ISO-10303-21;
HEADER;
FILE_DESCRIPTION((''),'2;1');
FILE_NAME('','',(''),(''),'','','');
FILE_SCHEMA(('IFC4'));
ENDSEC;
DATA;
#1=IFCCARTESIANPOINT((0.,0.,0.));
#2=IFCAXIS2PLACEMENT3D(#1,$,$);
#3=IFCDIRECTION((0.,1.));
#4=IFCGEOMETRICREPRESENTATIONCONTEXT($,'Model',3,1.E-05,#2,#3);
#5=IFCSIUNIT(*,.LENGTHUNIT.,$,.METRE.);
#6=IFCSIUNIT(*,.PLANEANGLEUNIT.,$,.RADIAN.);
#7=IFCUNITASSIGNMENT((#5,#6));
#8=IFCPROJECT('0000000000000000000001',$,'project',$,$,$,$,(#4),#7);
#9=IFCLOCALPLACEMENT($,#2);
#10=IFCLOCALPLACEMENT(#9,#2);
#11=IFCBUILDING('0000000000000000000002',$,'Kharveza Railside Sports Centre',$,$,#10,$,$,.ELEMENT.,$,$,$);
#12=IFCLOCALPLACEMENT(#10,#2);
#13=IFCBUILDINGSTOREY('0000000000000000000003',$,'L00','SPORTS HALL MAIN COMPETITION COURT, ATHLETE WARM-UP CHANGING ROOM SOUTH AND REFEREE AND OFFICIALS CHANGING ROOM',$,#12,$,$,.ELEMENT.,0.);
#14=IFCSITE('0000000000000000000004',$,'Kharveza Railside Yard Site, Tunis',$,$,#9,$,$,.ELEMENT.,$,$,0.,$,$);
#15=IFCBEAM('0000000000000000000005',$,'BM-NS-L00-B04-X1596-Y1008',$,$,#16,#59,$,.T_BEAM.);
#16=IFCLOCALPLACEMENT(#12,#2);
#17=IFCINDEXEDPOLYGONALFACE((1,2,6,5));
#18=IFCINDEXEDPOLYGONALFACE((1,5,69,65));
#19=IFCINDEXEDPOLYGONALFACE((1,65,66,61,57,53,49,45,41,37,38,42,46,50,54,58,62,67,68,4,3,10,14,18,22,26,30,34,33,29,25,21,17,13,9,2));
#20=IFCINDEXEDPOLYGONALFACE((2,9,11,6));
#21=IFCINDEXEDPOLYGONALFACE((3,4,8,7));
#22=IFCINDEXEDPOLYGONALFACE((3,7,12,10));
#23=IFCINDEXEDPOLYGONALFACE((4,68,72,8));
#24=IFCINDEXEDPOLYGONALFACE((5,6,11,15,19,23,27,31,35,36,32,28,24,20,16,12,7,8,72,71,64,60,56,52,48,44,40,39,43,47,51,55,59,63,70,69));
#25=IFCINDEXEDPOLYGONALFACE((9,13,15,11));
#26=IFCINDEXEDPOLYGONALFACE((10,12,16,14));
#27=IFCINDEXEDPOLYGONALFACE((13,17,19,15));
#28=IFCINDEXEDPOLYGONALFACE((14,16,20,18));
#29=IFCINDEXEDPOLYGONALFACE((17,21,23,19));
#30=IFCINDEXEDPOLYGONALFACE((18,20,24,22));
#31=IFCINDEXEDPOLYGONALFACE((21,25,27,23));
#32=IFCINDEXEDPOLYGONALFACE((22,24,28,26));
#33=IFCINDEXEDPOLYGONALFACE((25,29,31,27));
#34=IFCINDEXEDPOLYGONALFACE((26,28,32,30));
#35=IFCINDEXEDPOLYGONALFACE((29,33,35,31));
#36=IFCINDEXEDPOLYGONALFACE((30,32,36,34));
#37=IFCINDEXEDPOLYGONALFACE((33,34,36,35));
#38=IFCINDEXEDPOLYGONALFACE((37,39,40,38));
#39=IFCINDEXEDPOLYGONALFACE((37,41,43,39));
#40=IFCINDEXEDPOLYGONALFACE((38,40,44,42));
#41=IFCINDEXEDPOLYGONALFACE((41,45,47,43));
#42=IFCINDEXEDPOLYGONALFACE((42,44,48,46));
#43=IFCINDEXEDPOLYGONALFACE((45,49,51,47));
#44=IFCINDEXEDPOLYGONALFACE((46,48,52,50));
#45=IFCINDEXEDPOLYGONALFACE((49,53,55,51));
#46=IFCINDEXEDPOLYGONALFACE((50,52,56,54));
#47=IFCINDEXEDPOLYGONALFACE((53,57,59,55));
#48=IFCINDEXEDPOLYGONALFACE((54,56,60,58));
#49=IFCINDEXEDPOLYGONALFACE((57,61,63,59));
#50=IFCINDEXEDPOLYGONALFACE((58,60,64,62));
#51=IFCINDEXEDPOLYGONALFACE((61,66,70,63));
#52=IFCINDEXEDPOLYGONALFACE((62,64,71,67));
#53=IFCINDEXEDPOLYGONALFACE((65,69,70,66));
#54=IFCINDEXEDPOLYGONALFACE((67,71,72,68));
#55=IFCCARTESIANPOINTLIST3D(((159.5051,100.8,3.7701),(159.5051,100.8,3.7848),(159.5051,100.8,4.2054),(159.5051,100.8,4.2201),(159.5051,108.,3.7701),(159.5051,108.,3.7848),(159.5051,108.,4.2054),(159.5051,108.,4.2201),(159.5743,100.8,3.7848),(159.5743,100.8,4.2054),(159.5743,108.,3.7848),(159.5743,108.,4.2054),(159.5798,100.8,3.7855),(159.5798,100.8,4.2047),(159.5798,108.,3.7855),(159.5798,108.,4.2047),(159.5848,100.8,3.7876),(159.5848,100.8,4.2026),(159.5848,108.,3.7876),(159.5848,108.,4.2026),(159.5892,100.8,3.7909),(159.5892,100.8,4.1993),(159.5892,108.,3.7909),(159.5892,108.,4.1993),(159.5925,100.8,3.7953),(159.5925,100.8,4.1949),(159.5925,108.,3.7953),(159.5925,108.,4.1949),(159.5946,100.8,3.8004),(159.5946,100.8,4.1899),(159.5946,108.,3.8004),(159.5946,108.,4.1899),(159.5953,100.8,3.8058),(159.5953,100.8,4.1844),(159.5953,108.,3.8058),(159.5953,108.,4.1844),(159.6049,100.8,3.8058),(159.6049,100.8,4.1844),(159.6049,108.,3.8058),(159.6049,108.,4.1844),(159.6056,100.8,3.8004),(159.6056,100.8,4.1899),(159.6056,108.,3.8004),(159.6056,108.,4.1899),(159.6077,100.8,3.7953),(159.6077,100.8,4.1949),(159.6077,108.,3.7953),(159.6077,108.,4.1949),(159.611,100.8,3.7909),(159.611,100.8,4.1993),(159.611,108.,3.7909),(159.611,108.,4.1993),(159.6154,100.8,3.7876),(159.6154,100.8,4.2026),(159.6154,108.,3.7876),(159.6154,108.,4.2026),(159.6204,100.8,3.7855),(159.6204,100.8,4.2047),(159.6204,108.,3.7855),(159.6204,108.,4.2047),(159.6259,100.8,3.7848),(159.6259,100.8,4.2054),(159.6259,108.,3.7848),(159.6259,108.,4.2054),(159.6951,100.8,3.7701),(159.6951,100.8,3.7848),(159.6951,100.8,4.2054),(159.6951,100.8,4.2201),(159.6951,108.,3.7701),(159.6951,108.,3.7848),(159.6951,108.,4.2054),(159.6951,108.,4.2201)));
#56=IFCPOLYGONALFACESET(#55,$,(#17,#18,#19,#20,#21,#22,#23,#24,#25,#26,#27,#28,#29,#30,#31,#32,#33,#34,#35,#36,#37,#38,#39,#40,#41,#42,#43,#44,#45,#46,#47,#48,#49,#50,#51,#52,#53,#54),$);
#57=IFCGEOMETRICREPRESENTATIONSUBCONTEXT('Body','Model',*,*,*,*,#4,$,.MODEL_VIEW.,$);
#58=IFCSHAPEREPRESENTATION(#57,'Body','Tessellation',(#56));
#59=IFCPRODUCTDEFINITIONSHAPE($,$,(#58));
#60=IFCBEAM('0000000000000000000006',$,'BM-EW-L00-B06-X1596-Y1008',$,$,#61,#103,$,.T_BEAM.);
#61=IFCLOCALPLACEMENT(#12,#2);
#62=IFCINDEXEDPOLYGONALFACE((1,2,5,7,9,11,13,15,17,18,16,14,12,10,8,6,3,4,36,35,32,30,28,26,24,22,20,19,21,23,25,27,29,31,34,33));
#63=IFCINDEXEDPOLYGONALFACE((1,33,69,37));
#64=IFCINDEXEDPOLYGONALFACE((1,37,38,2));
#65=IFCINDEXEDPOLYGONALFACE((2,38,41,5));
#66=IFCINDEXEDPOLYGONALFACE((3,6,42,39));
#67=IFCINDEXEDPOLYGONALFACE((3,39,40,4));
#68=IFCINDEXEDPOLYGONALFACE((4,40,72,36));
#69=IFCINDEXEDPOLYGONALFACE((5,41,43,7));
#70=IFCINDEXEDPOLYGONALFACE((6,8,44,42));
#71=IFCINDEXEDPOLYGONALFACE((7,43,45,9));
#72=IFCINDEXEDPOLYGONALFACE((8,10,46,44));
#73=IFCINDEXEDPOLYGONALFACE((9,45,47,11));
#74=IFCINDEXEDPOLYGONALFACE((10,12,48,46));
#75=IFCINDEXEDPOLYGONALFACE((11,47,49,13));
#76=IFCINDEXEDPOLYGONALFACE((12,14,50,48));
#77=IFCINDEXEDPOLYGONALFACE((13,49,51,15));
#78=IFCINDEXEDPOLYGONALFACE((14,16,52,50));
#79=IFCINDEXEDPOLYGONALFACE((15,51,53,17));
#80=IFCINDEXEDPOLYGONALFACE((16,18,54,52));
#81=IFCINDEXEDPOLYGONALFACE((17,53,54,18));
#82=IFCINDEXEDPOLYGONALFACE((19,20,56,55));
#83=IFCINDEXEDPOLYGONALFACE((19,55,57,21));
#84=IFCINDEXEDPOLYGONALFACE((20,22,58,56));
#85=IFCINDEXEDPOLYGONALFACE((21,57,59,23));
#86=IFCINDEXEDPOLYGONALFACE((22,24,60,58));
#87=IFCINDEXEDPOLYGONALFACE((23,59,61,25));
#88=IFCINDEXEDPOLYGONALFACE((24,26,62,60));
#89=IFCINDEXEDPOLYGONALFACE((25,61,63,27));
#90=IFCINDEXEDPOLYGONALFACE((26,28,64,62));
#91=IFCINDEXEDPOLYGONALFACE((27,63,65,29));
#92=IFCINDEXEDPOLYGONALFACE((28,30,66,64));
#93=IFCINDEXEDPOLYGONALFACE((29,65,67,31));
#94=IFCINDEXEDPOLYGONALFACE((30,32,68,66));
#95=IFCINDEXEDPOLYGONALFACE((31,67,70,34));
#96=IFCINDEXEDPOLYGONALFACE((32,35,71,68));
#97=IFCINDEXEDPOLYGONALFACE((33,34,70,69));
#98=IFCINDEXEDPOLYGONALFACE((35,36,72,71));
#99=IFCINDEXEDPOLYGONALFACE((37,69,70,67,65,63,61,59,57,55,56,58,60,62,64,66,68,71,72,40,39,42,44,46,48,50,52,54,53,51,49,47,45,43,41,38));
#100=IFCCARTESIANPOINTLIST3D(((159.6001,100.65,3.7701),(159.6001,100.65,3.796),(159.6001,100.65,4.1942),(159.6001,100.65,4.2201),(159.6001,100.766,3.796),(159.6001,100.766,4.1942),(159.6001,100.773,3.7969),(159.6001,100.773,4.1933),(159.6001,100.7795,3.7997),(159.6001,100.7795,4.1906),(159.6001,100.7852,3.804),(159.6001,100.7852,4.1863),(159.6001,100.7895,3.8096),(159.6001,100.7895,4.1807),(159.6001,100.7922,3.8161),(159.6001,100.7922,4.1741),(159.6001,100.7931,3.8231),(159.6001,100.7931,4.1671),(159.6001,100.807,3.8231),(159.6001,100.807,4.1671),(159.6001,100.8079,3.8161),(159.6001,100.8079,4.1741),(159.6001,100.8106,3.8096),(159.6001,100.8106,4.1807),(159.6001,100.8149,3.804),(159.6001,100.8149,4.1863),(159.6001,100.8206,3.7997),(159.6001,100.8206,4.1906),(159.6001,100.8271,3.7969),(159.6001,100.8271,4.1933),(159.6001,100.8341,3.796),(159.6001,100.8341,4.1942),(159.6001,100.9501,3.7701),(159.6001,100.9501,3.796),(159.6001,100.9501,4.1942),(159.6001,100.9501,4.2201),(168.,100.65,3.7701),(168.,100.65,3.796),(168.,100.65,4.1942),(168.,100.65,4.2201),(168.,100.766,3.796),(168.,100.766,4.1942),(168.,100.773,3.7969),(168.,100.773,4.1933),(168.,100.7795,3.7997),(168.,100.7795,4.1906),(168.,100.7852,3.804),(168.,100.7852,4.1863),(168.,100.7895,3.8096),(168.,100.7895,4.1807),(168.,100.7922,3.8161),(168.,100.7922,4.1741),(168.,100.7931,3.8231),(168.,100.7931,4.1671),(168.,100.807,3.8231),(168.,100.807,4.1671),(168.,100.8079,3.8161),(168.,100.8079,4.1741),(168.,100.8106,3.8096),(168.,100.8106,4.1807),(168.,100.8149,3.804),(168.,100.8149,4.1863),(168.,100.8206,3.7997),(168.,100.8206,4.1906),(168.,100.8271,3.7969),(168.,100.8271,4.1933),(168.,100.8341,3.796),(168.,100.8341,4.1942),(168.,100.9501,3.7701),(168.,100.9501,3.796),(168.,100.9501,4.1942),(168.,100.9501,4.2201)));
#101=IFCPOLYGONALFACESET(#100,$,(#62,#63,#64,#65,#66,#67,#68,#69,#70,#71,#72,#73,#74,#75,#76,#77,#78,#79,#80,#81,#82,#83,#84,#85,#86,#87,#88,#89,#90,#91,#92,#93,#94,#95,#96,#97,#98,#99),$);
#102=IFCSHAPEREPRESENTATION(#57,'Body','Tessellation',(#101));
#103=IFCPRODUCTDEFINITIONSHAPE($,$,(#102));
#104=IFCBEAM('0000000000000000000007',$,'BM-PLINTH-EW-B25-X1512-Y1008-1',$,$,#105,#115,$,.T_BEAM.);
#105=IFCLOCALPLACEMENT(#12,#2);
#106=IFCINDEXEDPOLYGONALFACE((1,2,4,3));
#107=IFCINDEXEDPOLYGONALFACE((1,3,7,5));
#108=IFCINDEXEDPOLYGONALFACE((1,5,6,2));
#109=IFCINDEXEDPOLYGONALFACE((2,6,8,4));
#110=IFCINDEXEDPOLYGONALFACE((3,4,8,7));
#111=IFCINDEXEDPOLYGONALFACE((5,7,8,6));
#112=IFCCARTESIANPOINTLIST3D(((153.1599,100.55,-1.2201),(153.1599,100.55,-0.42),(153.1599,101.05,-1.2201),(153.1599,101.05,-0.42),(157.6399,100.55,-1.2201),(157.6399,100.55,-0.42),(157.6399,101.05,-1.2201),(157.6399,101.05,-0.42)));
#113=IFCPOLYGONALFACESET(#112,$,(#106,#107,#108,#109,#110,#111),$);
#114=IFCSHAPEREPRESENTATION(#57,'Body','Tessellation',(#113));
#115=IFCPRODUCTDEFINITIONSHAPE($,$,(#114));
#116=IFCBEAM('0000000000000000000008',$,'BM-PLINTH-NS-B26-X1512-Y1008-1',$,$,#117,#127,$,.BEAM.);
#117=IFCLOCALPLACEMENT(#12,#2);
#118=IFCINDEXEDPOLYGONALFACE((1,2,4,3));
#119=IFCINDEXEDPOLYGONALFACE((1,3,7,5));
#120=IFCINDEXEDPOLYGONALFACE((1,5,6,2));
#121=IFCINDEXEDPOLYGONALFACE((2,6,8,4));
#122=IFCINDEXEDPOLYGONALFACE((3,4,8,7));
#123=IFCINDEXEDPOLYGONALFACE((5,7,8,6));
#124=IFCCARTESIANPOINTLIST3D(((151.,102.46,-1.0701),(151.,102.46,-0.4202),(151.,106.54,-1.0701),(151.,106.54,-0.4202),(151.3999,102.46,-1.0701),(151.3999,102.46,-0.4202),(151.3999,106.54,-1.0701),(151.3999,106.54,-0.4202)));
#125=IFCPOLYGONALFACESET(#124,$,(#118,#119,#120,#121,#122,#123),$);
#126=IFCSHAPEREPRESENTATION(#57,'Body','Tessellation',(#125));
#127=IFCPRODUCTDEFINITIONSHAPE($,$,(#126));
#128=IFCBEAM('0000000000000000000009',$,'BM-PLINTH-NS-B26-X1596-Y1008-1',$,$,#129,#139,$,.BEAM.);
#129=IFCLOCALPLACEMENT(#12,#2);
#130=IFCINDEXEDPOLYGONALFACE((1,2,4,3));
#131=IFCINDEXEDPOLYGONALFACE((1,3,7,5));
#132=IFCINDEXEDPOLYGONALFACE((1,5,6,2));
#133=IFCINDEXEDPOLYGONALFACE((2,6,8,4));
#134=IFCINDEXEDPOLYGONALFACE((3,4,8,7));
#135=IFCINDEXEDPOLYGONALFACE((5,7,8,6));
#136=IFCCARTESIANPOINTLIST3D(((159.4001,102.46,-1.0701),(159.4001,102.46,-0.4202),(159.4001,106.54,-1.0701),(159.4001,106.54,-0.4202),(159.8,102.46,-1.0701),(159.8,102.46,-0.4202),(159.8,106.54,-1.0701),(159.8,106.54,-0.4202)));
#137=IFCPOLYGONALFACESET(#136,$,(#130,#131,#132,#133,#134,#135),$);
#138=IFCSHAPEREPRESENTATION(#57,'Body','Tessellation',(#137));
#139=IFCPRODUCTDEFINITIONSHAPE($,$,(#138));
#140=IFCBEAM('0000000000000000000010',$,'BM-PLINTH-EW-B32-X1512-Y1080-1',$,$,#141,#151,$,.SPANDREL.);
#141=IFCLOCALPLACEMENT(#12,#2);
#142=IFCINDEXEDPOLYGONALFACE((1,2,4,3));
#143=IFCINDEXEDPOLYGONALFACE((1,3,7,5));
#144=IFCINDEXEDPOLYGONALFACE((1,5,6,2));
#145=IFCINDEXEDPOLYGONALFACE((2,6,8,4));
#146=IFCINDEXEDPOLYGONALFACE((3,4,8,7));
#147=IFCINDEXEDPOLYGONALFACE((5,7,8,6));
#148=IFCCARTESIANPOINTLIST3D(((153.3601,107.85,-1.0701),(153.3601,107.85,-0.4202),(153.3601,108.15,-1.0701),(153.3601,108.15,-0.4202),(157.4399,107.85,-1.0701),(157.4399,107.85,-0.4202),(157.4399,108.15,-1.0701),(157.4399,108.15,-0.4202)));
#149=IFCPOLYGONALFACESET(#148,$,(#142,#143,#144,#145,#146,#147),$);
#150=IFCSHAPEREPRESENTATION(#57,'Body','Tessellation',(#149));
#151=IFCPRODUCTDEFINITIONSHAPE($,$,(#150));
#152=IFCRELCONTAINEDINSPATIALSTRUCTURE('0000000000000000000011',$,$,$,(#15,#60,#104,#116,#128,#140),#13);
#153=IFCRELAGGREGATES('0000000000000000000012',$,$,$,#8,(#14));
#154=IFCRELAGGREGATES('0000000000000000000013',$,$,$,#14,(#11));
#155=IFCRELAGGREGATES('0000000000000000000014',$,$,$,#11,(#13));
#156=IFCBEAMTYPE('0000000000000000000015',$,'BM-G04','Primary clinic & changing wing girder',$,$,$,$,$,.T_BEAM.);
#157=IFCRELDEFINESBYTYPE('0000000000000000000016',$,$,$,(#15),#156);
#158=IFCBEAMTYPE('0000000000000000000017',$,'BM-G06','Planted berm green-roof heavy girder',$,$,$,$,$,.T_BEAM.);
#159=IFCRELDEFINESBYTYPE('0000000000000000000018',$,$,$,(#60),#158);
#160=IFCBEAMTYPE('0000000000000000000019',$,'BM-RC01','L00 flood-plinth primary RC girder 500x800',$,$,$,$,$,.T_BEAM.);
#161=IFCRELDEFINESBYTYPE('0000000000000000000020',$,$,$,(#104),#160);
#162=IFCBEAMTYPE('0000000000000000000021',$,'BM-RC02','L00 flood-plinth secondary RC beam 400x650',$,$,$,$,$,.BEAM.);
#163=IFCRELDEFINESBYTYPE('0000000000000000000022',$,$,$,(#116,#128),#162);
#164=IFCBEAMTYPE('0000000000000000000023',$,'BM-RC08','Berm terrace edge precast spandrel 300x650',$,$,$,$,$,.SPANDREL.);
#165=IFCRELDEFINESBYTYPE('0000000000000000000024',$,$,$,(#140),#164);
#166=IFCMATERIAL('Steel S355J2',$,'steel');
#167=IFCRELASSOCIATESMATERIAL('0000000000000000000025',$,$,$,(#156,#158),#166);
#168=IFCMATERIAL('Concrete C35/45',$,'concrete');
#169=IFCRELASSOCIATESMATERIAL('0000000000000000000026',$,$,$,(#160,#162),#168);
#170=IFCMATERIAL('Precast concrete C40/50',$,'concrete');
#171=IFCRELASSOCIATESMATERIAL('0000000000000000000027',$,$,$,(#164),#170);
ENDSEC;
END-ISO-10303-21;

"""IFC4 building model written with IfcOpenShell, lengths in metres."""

from ifc_helpers import new_model, si_unit, direction, frame, origin, origin_2d, place, context, subcontext, project, spatial, rectangle, i_section, extrude, material, material_profile, profile_set, type_object, element, save


model = new_model("IFC4")

# Units and contexts
model_context = context("Model", 3, precision=1e-05, world=origin(), true_north=direction((0.0, 1.0)))
body_context = subcontext(model_context, "Body", "Model", "MODEL_VIEW")
ifc_project = project(units=[si_unit("LENGTHUNIT", "METRE"), si_unit("PLANEANGLEUNIT", "RADIAN")], contexts=[model_context])

# Site, building, storey
site_placement = place(None, origin())
site = spatial("IfcSite", under=ifc_project, at=site_placement, Name="Kharveza Railside Yard Site, Tunis", CompositionType="ELEMENT", RefElevation=0.0)
building_placement = place(site_placement, origin())
building = spatial("IfcBuilding", under=site, at=building_placement, Name="Kharveza Railside Sports Centre", CompositionType="ELEMENT")
storey_placement = place(building_placement, origin())
storey = spatial("IfcBuildingStorey", under=building, at=storey_placement, Name="L00", Description="SPORTS HALL MAIN COMPETITION COURT, ATHLETE WARM-UP CHANGING ROOM SOUTH AND REFEREE AND OFFICIALS CHANGING ROOM", CompositionType="ELEMENT", Elevation=0.0)

# Shared definitions
ifc_material_1 = material(Name="Concrete C35/45", Category="concrete")

# Shared definitions
ifc_material_2 = material(Name="Steel S355J2", Category="steel")

# Beams
ifc_material_profile_1 = material_profile(ifc_material_2, i_section(OverallWidth=0.1899, OverallDepth=0.45, WebThickness=0.0095, FlangeThickness=0.0146, FilletRadius=0.021, at=origin_2d()), Name="IPE 450")
ifc_profile_set_1 = profile_set([ifc_material_profile_1], Name="Steel S355J2")
beam_type_1 = type_object("IfcBeamType", Name="BM-G04", Description="Primary clinic & changing wing girder", PredefinedType="T_BEAM", material=ifc_profile_set_1)
beam_1_placement = place(storey_placement, frame((159.6001, 100.8, 3.9951), z_axis=(0.0, 1.0, 0.0), x_axis=(-1.0, 0.0, 0.0)))
element("IfcBeam", 1, at=beam_1_placement, inside=storey, type_object=beam_type_1, Name="BM-NS-L00-B04-X1596-Y1008", PredefinedType="T_BEAM", context=body_context, shape_type="SweptSolid", body=[
    extrude(i_section(OverallWidth=0.1899, OverallDepth=0.45, WebThickness=0.0095, FlangeThickness=0.0146, FilletRadius=0.021, at=origin_2d()), origin(), (0.0, 0.0, 1.0), 7.2),
])
ifc_material_profile_2 = material_profile(ifc_material_2, i_section(OverallWidth=0.3, OverallDepth=0.45, WebThickness=0.0139, FlangeThickness=0.0259, FilletRadius=0.0271, at=origin_2d()), Name="HEB 450")
ifc_profile_set_2 = profile_set([ifc_material_profile_2], Name="Steel S355J2")
beam_type_2 = type_object("IfcBeamType", Name="BM-G06", Description="Planted berm green-roof heavy girder", PredefinedType="T_BEAM", material=ifc_profile_set_2)
beam_2_placement = place(storey_placement, frame((159.6001, 100.8, 3.9951), z_axis=(1.0, 0.0, 0.0), x_axis=(0.0, 1.0, 0.0)))
element("IfcBeam", 2, at=beam_2_placement, inside=storey, type_object=beam_type_2, Name="BM-EW-L00-B06-X1596-Y1008", PredefinedType="T_BEAM", context=body_context, shape_type="SweptSolid", body=[
    extrude(i_section(OverallWidth=0.3, OverallDepth=0.45, WebThickness=0.0139, FlangeThickness=0.0259, FilletRadius=0.0271, at=origin_2d()), origin(), (0.0, 0.0, 1.0), 8.3999),
])
ifc_material_profile_3 = material_profile(ifc_material_1, rectangle(XDim=0.5, YDim=0.8, at=origin_2d()), Name="RCB 500x800")
ifc_profile_set_3 = profile_set([ifc_material_profile_3], Name="Concrete C35/45")
beam_type_3 = type_object("IfcBeamType", Name="BM-RC01", Description="L00 flood-plinth primary RC girder 500x800", PredefinedType="T_BEAM", material=ifc_profile_set_3)
beam_3_placement = place(storey_placement, frame((153.1599, 100.8, -0.8201), z_axis=(1.0, 0.0, 0.0), x_axis=(0.0, 1.0, 0.0)))
element("IfcBeam", 3, at=beam_3_placement, inside=storey, type_object=beam_type_3, Name="BM-PLINTH-EW-B25-X1512-Y1008-1", PredefinedType="T_BEAM", context=body_context, shape_type="SweptSolid", body=[
    extrude(rectangle(XDim=0.5, YDim=0.8, at=origin_2d()), origin(), (0.0, 0.0, 1.0), 4.48),
])
ifc_material_profile_4 = material_profile(ifc_material_1, rectangle(XDim=0.3999, YDim=0.6499, at=origin_2d()), Name="RCB 400x650")
ifc_profile_set_4 = profile_set([ifc_material_profile_4], Name="Concrete C35/45")
beam_type_4 = type_object("IfcBeamType", Name="BM-RC02", Description="L00 flood-plinth secondary RC beam 400x650", PredefinedType="BEAM", material=ifc_profile_set_4)
for number, where, z_axis, x_axis, name in (
    (4, (151.2, 102.46, -0.7451), (0.0, 1.0, 0.0), (-1.0, 0.0, 0.0), "BM-PLINTH-NS-B26-X1512-Y1008-1"),
    (5, (159.6001, 102.46, -0.7451), (0.0, 1.0, 0.0), (-1.0, 0.0, 0.0), "BM-PLINTH-NS-B26-X1596-Y1008-1"),
):
    element("IfcBeam", number, at=place(storey_placement, frame(where, z_axis=z_axis, x_axis=x_axis)), inside=storey, type_object=beam_type_4, Name=name, PredefinedType="BEAM", context=body_context, shape_type="SweptSolid", body=[
        extrude(rectangle(XDim=0.3999, YDim=0.6499, at=origin_2d()), origin(), (0.0, 0.0, 1.0), 4.0801),
    ])
ifc_material_3 = material(Name="Precast concrete C40/50", Category="concrete")
ifc_material_profile_5 = material_profile(ifc_material_3, rectangle(XDim=0.3, YDim=0.6499, at=origin_2d()), Name="RCB 300x650")
ifc_profile_set_5 = profile_set([ifc_material_profile_5], Name="Precast concrete C40/50")
beam_type_5 = type_object("IfcBeamType", Name="BM-RC08", Description="Berm terrace edge precast spandrel 300x650", PredefinedType="SPANDREL", material=ifc_profile_set_5)
beam_4_placement = place(storey_placement, frame((153.3601, 108.0, -0.7451), z_axis=(1.0, 0.0, 0.0), x_axis=(0.0, 1.0, 0.0)))
element("IfcBeam", 6, at=beam_4_placement, inside=storey, type_object=beam_type_5, Name="BM-PLINTH-EW-B32-X1512-Y1080-1", PredefinedType="SPANDREL", context=body_context, shape_type="SweptSolid", body=[
    extrude(rectangle(XDim=0.3, YDim=0.6499, at=origin_2d()), origin(), (0.0, 0.0, 1.0), 4.0798),
])

save(model, "model.ifc")
